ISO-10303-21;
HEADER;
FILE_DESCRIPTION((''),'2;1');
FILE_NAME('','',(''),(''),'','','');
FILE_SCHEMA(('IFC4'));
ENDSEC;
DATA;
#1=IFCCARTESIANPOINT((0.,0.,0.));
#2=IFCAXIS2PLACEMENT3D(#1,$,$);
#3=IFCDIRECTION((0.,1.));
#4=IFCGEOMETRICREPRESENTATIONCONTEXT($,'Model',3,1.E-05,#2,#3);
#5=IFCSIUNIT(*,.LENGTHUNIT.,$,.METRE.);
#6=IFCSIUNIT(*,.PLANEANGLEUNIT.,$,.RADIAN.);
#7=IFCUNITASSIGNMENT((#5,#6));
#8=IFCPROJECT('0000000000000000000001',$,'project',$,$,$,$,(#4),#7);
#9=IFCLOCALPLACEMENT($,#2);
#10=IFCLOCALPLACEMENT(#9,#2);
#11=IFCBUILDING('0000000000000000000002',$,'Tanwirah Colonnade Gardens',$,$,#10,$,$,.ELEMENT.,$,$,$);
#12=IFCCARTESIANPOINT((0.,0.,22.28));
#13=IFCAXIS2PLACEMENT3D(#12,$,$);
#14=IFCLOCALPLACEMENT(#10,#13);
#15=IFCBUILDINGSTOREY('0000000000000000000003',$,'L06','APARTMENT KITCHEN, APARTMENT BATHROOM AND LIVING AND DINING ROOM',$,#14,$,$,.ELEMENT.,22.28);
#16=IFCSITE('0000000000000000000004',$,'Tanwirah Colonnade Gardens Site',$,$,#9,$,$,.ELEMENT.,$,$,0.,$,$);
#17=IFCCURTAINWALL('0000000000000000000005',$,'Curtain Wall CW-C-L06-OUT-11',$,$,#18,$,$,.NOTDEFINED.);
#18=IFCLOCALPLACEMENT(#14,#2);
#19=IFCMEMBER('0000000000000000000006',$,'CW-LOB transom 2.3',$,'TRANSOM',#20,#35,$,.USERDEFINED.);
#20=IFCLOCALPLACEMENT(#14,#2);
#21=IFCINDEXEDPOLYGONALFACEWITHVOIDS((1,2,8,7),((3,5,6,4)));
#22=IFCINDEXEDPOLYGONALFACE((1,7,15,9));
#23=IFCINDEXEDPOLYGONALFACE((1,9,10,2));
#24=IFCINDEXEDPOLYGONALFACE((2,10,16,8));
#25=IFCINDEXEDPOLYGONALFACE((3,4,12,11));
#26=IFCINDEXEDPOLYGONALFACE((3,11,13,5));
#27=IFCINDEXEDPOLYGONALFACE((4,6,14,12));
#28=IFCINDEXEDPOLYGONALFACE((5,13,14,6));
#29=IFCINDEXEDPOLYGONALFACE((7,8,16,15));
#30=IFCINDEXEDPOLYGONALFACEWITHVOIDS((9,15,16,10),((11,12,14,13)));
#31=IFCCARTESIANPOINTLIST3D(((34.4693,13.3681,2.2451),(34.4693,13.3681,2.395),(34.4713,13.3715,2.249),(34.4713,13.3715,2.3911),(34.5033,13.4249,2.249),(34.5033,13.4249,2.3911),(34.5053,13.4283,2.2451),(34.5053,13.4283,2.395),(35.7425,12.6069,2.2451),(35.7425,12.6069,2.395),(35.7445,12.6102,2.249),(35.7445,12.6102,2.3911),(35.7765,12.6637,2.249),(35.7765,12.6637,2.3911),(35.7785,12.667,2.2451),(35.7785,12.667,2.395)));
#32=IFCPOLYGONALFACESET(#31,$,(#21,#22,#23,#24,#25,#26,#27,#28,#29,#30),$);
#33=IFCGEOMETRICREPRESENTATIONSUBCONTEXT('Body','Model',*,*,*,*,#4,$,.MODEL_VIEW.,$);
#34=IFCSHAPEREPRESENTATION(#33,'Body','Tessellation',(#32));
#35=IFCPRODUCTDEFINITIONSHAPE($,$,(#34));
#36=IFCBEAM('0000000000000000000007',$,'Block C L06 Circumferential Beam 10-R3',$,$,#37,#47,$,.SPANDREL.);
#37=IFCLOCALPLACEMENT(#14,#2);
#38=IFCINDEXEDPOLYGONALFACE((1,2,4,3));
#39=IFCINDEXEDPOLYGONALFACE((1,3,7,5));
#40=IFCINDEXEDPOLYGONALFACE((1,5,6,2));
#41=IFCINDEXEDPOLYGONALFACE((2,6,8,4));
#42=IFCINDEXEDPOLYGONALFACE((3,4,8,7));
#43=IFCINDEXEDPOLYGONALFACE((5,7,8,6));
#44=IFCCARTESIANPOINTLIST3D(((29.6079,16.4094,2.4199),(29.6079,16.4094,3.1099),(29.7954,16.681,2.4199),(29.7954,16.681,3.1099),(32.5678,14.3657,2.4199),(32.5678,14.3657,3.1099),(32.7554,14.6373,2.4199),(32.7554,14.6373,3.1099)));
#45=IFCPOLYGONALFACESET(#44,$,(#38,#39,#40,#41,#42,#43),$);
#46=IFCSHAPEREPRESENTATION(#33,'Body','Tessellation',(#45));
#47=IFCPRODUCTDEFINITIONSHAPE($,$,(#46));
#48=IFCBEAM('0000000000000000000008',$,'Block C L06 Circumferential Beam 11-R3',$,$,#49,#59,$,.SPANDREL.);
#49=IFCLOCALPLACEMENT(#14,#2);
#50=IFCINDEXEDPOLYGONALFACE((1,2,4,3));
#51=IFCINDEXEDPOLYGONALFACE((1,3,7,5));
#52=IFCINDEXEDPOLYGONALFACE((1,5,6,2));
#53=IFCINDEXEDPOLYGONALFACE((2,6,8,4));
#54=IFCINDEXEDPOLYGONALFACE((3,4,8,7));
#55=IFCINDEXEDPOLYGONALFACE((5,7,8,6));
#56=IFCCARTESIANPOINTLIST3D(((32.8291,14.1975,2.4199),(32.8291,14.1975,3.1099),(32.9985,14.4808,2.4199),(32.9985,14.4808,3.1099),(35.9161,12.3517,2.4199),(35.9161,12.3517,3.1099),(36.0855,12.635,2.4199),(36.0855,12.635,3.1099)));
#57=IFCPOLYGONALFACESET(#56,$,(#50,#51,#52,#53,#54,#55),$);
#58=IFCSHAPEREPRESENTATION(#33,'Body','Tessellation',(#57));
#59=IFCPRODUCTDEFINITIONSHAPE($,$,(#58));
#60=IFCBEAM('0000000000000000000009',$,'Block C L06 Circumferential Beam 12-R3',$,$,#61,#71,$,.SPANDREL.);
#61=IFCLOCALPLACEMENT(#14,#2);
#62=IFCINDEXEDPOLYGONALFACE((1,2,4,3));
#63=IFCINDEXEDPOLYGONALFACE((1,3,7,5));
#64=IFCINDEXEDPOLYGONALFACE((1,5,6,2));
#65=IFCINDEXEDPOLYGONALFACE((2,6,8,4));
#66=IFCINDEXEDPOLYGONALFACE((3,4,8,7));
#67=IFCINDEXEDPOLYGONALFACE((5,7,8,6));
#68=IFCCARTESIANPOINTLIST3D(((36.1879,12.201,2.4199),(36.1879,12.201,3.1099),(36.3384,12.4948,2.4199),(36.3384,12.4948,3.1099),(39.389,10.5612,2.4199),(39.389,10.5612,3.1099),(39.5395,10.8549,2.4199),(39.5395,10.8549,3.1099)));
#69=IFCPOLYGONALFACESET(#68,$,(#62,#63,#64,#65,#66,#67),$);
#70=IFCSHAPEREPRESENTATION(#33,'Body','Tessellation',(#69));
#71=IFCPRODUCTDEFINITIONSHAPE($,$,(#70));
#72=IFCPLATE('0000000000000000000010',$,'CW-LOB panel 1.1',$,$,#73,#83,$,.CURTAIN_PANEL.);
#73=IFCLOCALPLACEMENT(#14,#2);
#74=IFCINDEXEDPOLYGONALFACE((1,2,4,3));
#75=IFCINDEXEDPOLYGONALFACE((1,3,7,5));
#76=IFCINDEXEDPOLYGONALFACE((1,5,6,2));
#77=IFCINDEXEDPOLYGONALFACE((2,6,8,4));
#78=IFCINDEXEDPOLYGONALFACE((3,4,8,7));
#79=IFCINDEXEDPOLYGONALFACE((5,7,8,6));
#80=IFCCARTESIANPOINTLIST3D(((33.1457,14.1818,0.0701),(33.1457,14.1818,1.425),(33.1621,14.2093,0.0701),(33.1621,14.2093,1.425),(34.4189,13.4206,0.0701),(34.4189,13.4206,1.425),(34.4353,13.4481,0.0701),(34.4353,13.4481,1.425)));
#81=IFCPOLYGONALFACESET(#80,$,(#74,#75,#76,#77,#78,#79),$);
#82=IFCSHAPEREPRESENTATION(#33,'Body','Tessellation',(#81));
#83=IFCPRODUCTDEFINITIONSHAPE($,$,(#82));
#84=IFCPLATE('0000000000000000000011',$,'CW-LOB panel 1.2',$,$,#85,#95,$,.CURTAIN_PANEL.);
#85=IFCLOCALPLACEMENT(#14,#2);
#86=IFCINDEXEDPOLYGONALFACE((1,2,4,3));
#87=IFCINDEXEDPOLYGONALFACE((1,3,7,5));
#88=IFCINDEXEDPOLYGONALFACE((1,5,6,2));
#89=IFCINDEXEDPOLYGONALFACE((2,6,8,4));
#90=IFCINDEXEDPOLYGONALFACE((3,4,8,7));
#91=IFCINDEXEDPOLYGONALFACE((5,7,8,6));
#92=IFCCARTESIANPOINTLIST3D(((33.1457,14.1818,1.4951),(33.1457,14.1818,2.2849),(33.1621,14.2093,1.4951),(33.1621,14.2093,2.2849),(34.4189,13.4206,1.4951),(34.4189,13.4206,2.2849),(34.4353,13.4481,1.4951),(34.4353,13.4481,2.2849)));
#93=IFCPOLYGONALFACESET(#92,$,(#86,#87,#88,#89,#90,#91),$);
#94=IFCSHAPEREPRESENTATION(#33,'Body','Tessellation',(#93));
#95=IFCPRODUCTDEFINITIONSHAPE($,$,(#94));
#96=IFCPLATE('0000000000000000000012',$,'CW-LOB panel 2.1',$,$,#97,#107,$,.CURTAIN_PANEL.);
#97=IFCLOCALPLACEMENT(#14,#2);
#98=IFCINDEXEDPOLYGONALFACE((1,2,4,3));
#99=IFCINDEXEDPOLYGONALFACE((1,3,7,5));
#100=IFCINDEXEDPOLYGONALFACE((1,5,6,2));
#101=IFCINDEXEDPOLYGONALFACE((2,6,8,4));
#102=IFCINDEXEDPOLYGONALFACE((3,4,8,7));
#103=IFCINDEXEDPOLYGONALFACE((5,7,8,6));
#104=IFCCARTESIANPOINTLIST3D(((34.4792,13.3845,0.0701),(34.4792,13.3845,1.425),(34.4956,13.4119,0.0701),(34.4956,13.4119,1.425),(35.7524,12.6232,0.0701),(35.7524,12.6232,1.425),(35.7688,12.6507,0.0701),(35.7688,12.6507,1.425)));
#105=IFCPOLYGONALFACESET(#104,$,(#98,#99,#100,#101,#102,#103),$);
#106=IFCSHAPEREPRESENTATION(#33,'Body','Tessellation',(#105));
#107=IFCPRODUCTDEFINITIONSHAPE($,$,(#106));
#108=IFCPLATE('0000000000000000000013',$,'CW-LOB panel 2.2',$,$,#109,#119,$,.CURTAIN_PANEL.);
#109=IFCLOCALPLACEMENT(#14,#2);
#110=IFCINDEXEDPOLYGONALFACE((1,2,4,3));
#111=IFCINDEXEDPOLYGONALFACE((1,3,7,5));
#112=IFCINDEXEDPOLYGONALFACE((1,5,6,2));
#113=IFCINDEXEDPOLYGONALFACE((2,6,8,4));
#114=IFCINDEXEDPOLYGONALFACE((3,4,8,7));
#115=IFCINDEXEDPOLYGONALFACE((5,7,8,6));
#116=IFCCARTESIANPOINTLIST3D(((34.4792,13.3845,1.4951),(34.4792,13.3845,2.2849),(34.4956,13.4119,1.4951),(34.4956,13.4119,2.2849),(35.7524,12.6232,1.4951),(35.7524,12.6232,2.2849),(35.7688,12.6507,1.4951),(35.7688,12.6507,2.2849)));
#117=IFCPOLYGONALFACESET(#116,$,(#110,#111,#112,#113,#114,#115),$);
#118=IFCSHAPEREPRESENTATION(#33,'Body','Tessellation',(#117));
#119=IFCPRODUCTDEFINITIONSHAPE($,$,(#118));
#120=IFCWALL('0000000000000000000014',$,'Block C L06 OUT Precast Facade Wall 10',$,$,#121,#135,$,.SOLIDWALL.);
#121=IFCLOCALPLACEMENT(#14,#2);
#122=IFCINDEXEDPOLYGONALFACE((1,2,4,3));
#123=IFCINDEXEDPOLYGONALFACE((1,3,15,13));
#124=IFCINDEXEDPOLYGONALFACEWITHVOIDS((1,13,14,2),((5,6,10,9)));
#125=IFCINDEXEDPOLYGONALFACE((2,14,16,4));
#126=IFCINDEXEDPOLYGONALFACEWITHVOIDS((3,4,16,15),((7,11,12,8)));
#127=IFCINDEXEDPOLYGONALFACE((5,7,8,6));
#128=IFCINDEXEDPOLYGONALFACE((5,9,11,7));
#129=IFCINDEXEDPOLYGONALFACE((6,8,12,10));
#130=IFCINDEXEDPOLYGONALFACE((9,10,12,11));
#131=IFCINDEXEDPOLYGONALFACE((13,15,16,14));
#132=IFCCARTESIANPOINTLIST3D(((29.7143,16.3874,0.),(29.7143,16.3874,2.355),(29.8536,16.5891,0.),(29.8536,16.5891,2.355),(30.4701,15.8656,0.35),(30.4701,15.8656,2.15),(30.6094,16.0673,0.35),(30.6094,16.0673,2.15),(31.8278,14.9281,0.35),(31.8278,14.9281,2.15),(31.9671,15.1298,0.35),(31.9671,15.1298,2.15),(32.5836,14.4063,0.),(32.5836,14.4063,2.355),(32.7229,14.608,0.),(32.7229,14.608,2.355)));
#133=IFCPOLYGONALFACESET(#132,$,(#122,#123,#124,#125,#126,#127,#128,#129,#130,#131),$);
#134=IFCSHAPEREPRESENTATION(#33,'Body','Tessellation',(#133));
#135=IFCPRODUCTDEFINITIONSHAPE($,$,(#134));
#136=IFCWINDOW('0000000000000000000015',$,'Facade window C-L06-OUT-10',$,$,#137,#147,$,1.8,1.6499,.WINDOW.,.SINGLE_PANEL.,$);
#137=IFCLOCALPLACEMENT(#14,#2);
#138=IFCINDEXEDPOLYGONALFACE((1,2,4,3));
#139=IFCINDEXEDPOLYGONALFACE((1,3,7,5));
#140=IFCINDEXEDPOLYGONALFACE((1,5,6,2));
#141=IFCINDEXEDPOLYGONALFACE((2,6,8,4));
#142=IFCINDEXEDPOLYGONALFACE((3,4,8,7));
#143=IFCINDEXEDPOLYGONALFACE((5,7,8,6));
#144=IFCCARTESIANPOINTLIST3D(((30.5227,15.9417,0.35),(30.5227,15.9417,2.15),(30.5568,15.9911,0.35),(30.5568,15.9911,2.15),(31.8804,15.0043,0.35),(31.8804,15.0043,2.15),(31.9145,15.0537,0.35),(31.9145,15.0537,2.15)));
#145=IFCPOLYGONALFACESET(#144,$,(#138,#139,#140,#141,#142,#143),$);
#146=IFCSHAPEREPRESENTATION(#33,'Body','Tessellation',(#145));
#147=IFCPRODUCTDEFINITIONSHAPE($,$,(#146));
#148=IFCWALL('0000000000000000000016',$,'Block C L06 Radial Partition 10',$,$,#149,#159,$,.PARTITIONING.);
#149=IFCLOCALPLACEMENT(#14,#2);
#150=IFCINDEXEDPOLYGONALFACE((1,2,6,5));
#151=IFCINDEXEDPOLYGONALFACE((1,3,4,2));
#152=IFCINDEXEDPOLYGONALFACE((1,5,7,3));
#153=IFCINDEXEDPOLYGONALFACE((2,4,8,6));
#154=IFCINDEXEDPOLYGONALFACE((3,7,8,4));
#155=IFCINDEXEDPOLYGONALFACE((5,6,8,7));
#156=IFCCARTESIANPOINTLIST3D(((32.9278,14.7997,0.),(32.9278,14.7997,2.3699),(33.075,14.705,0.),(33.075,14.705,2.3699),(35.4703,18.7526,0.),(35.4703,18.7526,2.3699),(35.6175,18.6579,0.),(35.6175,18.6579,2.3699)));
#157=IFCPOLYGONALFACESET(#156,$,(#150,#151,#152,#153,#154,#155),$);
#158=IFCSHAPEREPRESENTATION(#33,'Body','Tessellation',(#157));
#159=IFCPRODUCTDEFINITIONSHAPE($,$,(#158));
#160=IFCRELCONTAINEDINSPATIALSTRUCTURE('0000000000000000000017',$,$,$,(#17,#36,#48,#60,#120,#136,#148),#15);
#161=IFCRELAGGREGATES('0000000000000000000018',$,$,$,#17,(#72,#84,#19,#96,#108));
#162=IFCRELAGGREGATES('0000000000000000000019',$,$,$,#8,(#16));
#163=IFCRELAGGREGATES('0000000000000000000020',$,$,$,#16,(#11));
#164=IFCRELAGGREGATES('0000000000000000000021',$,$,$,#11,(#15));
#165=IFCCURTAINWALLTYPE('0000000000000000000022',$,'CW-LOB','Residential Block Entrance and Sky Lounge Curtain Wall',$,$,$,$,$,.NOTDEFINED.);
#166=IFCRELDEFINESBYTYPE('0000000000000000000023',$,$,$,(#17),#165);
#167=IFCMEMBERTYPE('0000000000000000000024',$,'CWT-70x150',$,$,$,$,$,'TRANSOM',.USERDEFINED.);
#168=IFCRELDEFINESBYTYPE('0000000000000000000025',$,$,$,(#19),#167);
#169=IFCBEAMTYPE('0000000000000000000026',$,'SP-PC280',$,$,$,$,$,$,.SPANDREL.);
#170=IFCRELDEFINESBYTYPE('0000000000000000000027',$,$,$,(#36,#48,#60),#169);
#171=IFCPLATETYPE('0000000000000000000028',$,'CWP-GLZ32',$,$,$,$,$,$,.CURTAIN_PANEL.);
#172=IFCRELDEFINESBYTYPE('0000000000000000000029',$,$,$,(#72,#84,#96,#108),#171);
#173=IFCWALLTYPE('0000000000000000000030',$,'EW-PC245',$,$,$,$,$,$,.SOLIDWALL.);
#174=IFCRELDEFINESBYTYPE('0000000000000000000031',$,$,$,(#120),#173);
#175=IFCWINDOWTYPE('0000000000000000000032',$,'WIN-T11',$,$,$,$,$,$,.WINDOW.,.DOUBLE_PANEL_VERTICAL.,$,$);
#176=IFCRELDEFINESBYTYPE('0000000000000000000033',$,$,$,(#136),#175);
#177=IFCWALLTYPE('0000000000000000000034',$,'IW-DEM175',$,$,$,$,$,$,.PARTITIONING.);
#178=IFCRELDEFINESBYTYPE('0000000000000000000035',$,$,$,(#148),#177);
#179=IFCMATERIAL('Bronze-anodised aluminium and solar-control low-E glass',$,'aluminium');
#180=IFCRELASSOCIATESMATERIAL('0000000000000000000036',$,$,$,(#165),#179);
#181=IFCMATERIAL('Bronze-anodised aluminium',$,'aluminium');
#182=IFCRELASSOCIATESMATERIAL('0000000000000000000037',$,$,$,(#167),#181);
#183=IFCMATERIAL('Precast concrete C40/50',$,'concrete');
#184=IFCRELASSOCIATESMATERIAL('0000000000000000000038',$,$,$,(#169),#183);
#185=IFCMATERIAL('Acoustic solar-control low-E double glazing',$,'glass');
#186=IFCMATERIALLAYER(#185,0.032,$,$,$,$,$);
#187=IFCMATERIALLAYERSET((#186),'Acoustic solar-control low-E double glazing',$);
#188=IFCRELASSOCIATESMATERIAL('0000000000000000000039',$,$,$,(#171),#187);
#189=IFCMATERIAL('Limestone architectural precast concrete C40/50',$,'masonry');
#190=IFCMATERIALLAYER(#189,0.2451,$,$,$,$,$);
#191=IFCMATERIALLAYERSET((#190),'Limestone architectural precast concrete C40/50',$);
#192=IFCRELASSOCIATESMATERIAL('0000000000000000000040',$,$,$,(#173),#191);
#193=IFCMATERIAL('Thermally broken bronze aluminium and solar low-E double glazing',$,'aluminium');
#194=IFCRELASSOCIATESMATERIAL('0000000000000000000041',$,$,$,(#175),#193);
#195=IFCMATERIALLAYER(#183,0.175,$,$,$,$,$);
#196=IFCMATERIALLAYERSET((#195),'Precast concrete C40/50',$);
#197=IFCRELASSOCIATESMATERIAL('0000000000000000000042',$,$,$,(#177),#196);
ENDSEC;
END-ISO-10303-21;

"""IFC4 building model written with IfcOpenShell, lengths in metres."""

from ifc_helpers import new_model, si_unit, direction, frame, frame_2d, origin, origin_2d, place, context, subcontext, project, spatial, rectangle, hollow_rectangle, extrude, material, layer, layer_set, material_profile, profile_set, type_object, element, fill, aggregate, save


model = new_model("IFC4")

# Units and contexts
model_context = context("Model", 3, precision=1e-05, world=origin(), true_north=direction((0.0, 1.0)))
body_context = subcontext(model_context, "Body", "Model", "MODEL_VIEW")
ifc_project = project(units=[si_unit("LENGTHUNIT", "METRE"), si_unit("PLANEANGLEUNIT", "RADIAN")], contexts=[model_context])

# Site, building, storey
site_placement = place(None, origin())
site = spatial("IfcSite", under=ifc_project, at=site_placement, Name="Tanwirah Colonnade Gardens Site", CompositionType="ELEMENT", RefElevation=0.0)
building_placement = place(site_placement, origin())
building = spatial("IfcBuilding", under=site, at=building_placement, Name="Tanwirah Colonnade Gardens", CompositionType="ELEMENT")
storey_placement = place(building_placement, frame((0.0, 0.0, 22.28)))
storey = spatial("IfcBuildingStorey", under=building, at=storey_placement, Name="L06", Description="APARTMENT KITCHEN, APARTMENT BATHROOM AND LIVING AND DINING ROOM", CompositionType="ELEMENT", Elevation=22.28)

# Shared definitions
ifc_material_1 = material(Name="Precast concrete C40/50", Category="concrete")

# Curtain wall, member
ifc_material_2 = material(Name="Bronze-anodised aluminium and solar-control low-E glass", Category="aluminium")
curtain_wall_type = type_object("IfcCurtainWallType", Name="CW-LOB", Description="Residential Block Entrance and Sky Lounge Curtain Wall", PredefinedType="NOTDEFINED", material=ifc_material_2)
curtain_wall_placement = place(storey_placement, origin())
curtain_wall = element("IfcCurtainWall", 1, at=curtain_wall_placement, inside=storey, type_object=curtain_wall_type, Name="Curtain Wall CW-C-L06-OUT-11", PredefinedType="NOTDEFINED")
ifc_material_3 = material(Name="Bronze-anodised aluminium", Category="aluminium")
ifc_material_profile_1 = material_profile(ifc_material_3, hollow_rectangle(XDim=0.0701, YDim=0.1499, WallThickness=0.0039, at=origin_2d()), Name="CW-TRN 70x150x4")
ifc_profile_set_1 = profile_set([ifc_material_profile_1], Name="Bronze-anodised aluminium")
member_type_1 = type_object("IfcMemberType", Name="CWT-70x150", ElementType="TRANSOM", PredefinedType="USERDEFINED", material=ifc_profile_set_1)
member_1_placement = place(storey_placement, frame((34.4873, 13.3982, 2.3201), z_axis=(0.858291, -0.513164, 0.0), x_axis=(0.513164, 0.858291, 0.0)))
member_1 = element("IfcMember", 2, at=member_1_placement, type_object=member_type_1, Name="CW-LOB transom 2.3", ObjectType="TRANSOM", PredefinedType="USERDEFINED", context=body_context, shape_type="SweptSolid", body=[
    extrude(hollow_rectangle(XDim=0.0701, YDim=0.1499, WallThickness=0.0039, at=origin_2d()), origin(), (0.0, 0.0, 1.0), 1.4834),
])

# Beams
ifc_material_profile_2 = material_profile(ifc_material_1, rectangle(XDim=0.3301, YDim=0.6899, at=origin_2d()), Name="PC-SP 330x690")
ifc_profile_set_2 = profile_set([ifc_material_profile_2], Name="Precast concrete C40/50")
beam_type = type_object("IfcBeamType", Name="SP-PC280", PredefinedType="SPANDREL", material=ifc_profile_set_2)
beam_placement = place(storey_placement, frame((29.7017, 16.5452, 2.7649), z_axis=(0.822907, -0.568175, 0.0), x_axis=(0.568175, 0.822907, 0.0)))
element("IfcBeam", 3, at=beam_placement, inside=storey, type_object=beam_type, Name="Block C L06 Circumferential Beam 10-R3", PredefinedType="SPANDREL", context=body_context, shape_type="SweptSolid", body=[
    extrude(rectangle(XDim=0.3301, YDim=0.6899, at=origin_2d()), origin(), (0.0, 0.0, 1.0), 3.5969),
])
for number, where, z_axis, x_axis, name in (
    (4, (32.9138, 14.3391, 2.7649), (0.858283, -0.513177, 0.0), (0.513177, 0.858283, 0.0), "Block C L06 Circumferential Beam 11-R3"),
    (5, (36.2632, 12.3479, 2.7649), (0.890013, -0.455935, 0.0), (0.455935, 0.890013, 0.0), "Block C L06 Circumferential Beam 12-R3"),
):
    element("IfcBeam", number, at=place(storey_placement, frame(where, z_axis=z_axis, x_axis=x_axis)), inside=storey, type_object=beam_type, Name=name, PredefinedType="SPANDREL", context=body_context, shape_type="SweptSolid", body=[
        extrude(rectangle(XDim=0.3301, YDim=0.6899, at=origin_2d()), origin(), (0.0, 0.0, 1.0), 3.5967),
    ])

# Plates
ifc_material_4 = material(Name="Acoustic solar-control low-E double glazing", Category="glass")
ifc_layer_1 = layer(ifc_material_4, 0.032)
ifc_layer_set_1 = layer_set([ifc_layer_1], Name="Acoustic solar-control low-E double glazing")
plate_type = type_object("IfcPlateType", Name="CWP-GLZ32", PredefinedType="CURTAIN_PANEL", material=ifc_layer_set_1)
plate_1_placement = place(storey_placement, frame((33.7905, 13.8149, 0.0701), z_axis=(0.0, 0.0, 1.0), x_axis=(0.858289, -0.513167, 0.0)))
plate_1 = element("IfcPlate", 6, at=plate_1_placement, type_object=plate_type, Name="CW-LOB panel 1.1", PredefinedType="CURTAIN_PANEL", context=body_context, shape_type="SweptSolid", body=[
    extrude(rectangle(XDim=1.4834, YDim=0.032, at=origin_2d()), origin(), (0.0, 0.0, 1.0), 1.355),
])
plate_2_placement = place(storey_placement, frame((33.7905, 13.8149, 1.4951), z_axis=(0.0, 0.0, 1.0), x_axis=(0.858289, -0.513167, 0.0)))
plate_2 = element("IfcPlate", 7, at=plate_2_placement, type_object=plate_type, Name="CW-LOB panel 1.2", PredefinedType="CURTAIN_PANEL", context=body_context, shape_type="SweptSolid", body=[
    extrude(rectangle(XDim=1.4834, YDim=0.032, at=origin_2d()), origin(), (0.0, 0.0, 1.0), 0.7898),
])
plate_3_placement = place(storey_placement, frame((35.124, 13.0176, 0.0701), z_axis=(0.0, 0.0, 1.0), x_axis=(0.858289, -0.513167, 0.0)))
plate_3 = element("IfcPlate", 8, at=plate_3_placement, type_object=plate_type, Name="CW-LOB panel 2.1", PredefinedType="CURTAIN_PANEL", context=body_context, shape_type="SweptSolid", body=[
    extrude(rectangle(XDim=1.4834, YDim=0.032, at=origin_2d()), origin(), (0.0, 0.0, 1.0), 1.355),
])
plate_4_placement = place(storey_placement, frame((35.124, 13.0176, 1.4951), z_axis=(0.0, 0.0, 1.0), x_axis=(0.858289, -0.513167, 0.0)))
plate_4 = element("IfcPlate", 9, at=plate_4_placement, type_object=plate_type, Name="CW-LOB panel 2.2", PredefinedType="CURTAIN_PANEL", context=body_context, shape_type="SweptSolid", body=[
    extrude(rectangle(XDim=1.4834, YDim=0.032, at=origin_2d()), origin(), (0.0, 0.0, 1.0), 0.7898),
])
aggregate(curtain_wall, [plate_1, plate_2, member_1, plate_3, plate_4])

# Wall, opening, window
ifc_material_5 = material(Name="Limestone architectural precast concrete C40/50", Category="masonry")
ifc_layer_2 = layer(ifc_material_5, 0.2451)
ifc_layer_set_2 = layer_set([ifc_layer_2], Name="Limestone architectural precast concrete C40/50")
wall_type_1 = type_object("IfcWallType", Name="EW-PC245", PredefinedType="SOLIDWALL", material=ifc_layer_set_2)
wall_1_placement = place(storey_placement, frame((29.7839, 16.4883, 0.0), z_axis=(0.0, 0.0, 1.0), x_axis=(0.822902, -0.568183, 0.0)))
wall_1 = element("IfcWall", 10, at=wall_1_placement, inside=storey, type_object=wall_type_1, Name="Block C L06 OUT Precast Facade Wall 10", PredefinedType="SOLIDWALL", context=body_context, shape_type="SweptSolid", body=[
    extrude(rectangle(XDim=3.4868, YDim=0.2451, at=frame_2d((1.7434, 0.0))), origin(), (0.0, 0.0, 1.0), 2.355),
])
opening_1_placement = place(wall_1_placement, frame((0.9185, 0.0, 0.3501)))
opening_1 = element("IfcOpeningElement", 11, at=opening_1_placement, cuts=wall_1, PredefinedType="OPENING", context=body_context, shape_type="SweptSolid", body=[
    extrude(rectangle(XDim=1.6499, YDim=1.8, at=frame_2d((0.825, 0.8999))), frame((0.0, 0.1326, 0.0), z_axis=(0.0, -1.0, 0.0), x_axis=(1.0, 0.0, 0.0)), (0.0, 0.0, 1.0), 0.2651),
])
ifc_material_6 = material(Name="Thermally broken bronze aluminium and solar low-E double glazing", Category="aluminium")
window_type = type_object("IfcWindowType", Name="WIN-T11", PartitioningType="DOUBLE_PANEL_VERTICAL", PredefinedType="WINDOW", material=ifc_material_6)
window_placement = place(opening_1_placement, origin())
window = element("IfcWindow", 12, at=window_placement, inside=storey, type_object=window_type, Name="Facade window C-L06-OUT-10", OverallHeight=1.8, OverallWidth=1.6499, PartitioningType="SINGLE_PANEL", PredefinedType="WINDOW", context=body_context, shape_type="SweptSolid", body=[
    extrude(rectangle(XDim=1.6499, YDim=1.8, at=frame_2d((0.825, 0.8999))), frame((0.0, 0.03, 0.0), z_axis=(0.0, -1.0, 0.0), x_axis=(1.0, 0.0, 0.0)), (0.0, 0.0, 1.0), 0.0601),
])
fill(opening_1, window)

# Wall
ifc_layer_3 = layer(ifc_material_1, 0.175)
ifc_layer_set_3 = layer_set([ifc_layer_3], Name="Precast concrete C40/50")
wall_type_2 = type_object("IfcWallType", Name="IW-DEM175", PredefinedType="PARTITIONING", material=ifc_layer_set_3)
wall_2_placement = place(storey_placement, frame((35.5439, 18.7053, 0.0), z_axis=(0.0, 0.0, 1.0), x_axis=(-0.54096, -0.841048, 0.0)))
element("IfcWall", 13, at=wall_2_placement, inside=storey, type_object=wall_type_2, Name="Block C L06 Radial Partition 10", PredefinedType="PARTITIONING", context=body_context, shape_type="SweptSolid", body=[
    extrude(rectangle(XDim=4.7, YDim=0.175, at=frame_2d((2.3501, 0.0))), origin(), (0.0, 0.0, 1.0), 2.3699),
])

save(model, "model.ifc")
